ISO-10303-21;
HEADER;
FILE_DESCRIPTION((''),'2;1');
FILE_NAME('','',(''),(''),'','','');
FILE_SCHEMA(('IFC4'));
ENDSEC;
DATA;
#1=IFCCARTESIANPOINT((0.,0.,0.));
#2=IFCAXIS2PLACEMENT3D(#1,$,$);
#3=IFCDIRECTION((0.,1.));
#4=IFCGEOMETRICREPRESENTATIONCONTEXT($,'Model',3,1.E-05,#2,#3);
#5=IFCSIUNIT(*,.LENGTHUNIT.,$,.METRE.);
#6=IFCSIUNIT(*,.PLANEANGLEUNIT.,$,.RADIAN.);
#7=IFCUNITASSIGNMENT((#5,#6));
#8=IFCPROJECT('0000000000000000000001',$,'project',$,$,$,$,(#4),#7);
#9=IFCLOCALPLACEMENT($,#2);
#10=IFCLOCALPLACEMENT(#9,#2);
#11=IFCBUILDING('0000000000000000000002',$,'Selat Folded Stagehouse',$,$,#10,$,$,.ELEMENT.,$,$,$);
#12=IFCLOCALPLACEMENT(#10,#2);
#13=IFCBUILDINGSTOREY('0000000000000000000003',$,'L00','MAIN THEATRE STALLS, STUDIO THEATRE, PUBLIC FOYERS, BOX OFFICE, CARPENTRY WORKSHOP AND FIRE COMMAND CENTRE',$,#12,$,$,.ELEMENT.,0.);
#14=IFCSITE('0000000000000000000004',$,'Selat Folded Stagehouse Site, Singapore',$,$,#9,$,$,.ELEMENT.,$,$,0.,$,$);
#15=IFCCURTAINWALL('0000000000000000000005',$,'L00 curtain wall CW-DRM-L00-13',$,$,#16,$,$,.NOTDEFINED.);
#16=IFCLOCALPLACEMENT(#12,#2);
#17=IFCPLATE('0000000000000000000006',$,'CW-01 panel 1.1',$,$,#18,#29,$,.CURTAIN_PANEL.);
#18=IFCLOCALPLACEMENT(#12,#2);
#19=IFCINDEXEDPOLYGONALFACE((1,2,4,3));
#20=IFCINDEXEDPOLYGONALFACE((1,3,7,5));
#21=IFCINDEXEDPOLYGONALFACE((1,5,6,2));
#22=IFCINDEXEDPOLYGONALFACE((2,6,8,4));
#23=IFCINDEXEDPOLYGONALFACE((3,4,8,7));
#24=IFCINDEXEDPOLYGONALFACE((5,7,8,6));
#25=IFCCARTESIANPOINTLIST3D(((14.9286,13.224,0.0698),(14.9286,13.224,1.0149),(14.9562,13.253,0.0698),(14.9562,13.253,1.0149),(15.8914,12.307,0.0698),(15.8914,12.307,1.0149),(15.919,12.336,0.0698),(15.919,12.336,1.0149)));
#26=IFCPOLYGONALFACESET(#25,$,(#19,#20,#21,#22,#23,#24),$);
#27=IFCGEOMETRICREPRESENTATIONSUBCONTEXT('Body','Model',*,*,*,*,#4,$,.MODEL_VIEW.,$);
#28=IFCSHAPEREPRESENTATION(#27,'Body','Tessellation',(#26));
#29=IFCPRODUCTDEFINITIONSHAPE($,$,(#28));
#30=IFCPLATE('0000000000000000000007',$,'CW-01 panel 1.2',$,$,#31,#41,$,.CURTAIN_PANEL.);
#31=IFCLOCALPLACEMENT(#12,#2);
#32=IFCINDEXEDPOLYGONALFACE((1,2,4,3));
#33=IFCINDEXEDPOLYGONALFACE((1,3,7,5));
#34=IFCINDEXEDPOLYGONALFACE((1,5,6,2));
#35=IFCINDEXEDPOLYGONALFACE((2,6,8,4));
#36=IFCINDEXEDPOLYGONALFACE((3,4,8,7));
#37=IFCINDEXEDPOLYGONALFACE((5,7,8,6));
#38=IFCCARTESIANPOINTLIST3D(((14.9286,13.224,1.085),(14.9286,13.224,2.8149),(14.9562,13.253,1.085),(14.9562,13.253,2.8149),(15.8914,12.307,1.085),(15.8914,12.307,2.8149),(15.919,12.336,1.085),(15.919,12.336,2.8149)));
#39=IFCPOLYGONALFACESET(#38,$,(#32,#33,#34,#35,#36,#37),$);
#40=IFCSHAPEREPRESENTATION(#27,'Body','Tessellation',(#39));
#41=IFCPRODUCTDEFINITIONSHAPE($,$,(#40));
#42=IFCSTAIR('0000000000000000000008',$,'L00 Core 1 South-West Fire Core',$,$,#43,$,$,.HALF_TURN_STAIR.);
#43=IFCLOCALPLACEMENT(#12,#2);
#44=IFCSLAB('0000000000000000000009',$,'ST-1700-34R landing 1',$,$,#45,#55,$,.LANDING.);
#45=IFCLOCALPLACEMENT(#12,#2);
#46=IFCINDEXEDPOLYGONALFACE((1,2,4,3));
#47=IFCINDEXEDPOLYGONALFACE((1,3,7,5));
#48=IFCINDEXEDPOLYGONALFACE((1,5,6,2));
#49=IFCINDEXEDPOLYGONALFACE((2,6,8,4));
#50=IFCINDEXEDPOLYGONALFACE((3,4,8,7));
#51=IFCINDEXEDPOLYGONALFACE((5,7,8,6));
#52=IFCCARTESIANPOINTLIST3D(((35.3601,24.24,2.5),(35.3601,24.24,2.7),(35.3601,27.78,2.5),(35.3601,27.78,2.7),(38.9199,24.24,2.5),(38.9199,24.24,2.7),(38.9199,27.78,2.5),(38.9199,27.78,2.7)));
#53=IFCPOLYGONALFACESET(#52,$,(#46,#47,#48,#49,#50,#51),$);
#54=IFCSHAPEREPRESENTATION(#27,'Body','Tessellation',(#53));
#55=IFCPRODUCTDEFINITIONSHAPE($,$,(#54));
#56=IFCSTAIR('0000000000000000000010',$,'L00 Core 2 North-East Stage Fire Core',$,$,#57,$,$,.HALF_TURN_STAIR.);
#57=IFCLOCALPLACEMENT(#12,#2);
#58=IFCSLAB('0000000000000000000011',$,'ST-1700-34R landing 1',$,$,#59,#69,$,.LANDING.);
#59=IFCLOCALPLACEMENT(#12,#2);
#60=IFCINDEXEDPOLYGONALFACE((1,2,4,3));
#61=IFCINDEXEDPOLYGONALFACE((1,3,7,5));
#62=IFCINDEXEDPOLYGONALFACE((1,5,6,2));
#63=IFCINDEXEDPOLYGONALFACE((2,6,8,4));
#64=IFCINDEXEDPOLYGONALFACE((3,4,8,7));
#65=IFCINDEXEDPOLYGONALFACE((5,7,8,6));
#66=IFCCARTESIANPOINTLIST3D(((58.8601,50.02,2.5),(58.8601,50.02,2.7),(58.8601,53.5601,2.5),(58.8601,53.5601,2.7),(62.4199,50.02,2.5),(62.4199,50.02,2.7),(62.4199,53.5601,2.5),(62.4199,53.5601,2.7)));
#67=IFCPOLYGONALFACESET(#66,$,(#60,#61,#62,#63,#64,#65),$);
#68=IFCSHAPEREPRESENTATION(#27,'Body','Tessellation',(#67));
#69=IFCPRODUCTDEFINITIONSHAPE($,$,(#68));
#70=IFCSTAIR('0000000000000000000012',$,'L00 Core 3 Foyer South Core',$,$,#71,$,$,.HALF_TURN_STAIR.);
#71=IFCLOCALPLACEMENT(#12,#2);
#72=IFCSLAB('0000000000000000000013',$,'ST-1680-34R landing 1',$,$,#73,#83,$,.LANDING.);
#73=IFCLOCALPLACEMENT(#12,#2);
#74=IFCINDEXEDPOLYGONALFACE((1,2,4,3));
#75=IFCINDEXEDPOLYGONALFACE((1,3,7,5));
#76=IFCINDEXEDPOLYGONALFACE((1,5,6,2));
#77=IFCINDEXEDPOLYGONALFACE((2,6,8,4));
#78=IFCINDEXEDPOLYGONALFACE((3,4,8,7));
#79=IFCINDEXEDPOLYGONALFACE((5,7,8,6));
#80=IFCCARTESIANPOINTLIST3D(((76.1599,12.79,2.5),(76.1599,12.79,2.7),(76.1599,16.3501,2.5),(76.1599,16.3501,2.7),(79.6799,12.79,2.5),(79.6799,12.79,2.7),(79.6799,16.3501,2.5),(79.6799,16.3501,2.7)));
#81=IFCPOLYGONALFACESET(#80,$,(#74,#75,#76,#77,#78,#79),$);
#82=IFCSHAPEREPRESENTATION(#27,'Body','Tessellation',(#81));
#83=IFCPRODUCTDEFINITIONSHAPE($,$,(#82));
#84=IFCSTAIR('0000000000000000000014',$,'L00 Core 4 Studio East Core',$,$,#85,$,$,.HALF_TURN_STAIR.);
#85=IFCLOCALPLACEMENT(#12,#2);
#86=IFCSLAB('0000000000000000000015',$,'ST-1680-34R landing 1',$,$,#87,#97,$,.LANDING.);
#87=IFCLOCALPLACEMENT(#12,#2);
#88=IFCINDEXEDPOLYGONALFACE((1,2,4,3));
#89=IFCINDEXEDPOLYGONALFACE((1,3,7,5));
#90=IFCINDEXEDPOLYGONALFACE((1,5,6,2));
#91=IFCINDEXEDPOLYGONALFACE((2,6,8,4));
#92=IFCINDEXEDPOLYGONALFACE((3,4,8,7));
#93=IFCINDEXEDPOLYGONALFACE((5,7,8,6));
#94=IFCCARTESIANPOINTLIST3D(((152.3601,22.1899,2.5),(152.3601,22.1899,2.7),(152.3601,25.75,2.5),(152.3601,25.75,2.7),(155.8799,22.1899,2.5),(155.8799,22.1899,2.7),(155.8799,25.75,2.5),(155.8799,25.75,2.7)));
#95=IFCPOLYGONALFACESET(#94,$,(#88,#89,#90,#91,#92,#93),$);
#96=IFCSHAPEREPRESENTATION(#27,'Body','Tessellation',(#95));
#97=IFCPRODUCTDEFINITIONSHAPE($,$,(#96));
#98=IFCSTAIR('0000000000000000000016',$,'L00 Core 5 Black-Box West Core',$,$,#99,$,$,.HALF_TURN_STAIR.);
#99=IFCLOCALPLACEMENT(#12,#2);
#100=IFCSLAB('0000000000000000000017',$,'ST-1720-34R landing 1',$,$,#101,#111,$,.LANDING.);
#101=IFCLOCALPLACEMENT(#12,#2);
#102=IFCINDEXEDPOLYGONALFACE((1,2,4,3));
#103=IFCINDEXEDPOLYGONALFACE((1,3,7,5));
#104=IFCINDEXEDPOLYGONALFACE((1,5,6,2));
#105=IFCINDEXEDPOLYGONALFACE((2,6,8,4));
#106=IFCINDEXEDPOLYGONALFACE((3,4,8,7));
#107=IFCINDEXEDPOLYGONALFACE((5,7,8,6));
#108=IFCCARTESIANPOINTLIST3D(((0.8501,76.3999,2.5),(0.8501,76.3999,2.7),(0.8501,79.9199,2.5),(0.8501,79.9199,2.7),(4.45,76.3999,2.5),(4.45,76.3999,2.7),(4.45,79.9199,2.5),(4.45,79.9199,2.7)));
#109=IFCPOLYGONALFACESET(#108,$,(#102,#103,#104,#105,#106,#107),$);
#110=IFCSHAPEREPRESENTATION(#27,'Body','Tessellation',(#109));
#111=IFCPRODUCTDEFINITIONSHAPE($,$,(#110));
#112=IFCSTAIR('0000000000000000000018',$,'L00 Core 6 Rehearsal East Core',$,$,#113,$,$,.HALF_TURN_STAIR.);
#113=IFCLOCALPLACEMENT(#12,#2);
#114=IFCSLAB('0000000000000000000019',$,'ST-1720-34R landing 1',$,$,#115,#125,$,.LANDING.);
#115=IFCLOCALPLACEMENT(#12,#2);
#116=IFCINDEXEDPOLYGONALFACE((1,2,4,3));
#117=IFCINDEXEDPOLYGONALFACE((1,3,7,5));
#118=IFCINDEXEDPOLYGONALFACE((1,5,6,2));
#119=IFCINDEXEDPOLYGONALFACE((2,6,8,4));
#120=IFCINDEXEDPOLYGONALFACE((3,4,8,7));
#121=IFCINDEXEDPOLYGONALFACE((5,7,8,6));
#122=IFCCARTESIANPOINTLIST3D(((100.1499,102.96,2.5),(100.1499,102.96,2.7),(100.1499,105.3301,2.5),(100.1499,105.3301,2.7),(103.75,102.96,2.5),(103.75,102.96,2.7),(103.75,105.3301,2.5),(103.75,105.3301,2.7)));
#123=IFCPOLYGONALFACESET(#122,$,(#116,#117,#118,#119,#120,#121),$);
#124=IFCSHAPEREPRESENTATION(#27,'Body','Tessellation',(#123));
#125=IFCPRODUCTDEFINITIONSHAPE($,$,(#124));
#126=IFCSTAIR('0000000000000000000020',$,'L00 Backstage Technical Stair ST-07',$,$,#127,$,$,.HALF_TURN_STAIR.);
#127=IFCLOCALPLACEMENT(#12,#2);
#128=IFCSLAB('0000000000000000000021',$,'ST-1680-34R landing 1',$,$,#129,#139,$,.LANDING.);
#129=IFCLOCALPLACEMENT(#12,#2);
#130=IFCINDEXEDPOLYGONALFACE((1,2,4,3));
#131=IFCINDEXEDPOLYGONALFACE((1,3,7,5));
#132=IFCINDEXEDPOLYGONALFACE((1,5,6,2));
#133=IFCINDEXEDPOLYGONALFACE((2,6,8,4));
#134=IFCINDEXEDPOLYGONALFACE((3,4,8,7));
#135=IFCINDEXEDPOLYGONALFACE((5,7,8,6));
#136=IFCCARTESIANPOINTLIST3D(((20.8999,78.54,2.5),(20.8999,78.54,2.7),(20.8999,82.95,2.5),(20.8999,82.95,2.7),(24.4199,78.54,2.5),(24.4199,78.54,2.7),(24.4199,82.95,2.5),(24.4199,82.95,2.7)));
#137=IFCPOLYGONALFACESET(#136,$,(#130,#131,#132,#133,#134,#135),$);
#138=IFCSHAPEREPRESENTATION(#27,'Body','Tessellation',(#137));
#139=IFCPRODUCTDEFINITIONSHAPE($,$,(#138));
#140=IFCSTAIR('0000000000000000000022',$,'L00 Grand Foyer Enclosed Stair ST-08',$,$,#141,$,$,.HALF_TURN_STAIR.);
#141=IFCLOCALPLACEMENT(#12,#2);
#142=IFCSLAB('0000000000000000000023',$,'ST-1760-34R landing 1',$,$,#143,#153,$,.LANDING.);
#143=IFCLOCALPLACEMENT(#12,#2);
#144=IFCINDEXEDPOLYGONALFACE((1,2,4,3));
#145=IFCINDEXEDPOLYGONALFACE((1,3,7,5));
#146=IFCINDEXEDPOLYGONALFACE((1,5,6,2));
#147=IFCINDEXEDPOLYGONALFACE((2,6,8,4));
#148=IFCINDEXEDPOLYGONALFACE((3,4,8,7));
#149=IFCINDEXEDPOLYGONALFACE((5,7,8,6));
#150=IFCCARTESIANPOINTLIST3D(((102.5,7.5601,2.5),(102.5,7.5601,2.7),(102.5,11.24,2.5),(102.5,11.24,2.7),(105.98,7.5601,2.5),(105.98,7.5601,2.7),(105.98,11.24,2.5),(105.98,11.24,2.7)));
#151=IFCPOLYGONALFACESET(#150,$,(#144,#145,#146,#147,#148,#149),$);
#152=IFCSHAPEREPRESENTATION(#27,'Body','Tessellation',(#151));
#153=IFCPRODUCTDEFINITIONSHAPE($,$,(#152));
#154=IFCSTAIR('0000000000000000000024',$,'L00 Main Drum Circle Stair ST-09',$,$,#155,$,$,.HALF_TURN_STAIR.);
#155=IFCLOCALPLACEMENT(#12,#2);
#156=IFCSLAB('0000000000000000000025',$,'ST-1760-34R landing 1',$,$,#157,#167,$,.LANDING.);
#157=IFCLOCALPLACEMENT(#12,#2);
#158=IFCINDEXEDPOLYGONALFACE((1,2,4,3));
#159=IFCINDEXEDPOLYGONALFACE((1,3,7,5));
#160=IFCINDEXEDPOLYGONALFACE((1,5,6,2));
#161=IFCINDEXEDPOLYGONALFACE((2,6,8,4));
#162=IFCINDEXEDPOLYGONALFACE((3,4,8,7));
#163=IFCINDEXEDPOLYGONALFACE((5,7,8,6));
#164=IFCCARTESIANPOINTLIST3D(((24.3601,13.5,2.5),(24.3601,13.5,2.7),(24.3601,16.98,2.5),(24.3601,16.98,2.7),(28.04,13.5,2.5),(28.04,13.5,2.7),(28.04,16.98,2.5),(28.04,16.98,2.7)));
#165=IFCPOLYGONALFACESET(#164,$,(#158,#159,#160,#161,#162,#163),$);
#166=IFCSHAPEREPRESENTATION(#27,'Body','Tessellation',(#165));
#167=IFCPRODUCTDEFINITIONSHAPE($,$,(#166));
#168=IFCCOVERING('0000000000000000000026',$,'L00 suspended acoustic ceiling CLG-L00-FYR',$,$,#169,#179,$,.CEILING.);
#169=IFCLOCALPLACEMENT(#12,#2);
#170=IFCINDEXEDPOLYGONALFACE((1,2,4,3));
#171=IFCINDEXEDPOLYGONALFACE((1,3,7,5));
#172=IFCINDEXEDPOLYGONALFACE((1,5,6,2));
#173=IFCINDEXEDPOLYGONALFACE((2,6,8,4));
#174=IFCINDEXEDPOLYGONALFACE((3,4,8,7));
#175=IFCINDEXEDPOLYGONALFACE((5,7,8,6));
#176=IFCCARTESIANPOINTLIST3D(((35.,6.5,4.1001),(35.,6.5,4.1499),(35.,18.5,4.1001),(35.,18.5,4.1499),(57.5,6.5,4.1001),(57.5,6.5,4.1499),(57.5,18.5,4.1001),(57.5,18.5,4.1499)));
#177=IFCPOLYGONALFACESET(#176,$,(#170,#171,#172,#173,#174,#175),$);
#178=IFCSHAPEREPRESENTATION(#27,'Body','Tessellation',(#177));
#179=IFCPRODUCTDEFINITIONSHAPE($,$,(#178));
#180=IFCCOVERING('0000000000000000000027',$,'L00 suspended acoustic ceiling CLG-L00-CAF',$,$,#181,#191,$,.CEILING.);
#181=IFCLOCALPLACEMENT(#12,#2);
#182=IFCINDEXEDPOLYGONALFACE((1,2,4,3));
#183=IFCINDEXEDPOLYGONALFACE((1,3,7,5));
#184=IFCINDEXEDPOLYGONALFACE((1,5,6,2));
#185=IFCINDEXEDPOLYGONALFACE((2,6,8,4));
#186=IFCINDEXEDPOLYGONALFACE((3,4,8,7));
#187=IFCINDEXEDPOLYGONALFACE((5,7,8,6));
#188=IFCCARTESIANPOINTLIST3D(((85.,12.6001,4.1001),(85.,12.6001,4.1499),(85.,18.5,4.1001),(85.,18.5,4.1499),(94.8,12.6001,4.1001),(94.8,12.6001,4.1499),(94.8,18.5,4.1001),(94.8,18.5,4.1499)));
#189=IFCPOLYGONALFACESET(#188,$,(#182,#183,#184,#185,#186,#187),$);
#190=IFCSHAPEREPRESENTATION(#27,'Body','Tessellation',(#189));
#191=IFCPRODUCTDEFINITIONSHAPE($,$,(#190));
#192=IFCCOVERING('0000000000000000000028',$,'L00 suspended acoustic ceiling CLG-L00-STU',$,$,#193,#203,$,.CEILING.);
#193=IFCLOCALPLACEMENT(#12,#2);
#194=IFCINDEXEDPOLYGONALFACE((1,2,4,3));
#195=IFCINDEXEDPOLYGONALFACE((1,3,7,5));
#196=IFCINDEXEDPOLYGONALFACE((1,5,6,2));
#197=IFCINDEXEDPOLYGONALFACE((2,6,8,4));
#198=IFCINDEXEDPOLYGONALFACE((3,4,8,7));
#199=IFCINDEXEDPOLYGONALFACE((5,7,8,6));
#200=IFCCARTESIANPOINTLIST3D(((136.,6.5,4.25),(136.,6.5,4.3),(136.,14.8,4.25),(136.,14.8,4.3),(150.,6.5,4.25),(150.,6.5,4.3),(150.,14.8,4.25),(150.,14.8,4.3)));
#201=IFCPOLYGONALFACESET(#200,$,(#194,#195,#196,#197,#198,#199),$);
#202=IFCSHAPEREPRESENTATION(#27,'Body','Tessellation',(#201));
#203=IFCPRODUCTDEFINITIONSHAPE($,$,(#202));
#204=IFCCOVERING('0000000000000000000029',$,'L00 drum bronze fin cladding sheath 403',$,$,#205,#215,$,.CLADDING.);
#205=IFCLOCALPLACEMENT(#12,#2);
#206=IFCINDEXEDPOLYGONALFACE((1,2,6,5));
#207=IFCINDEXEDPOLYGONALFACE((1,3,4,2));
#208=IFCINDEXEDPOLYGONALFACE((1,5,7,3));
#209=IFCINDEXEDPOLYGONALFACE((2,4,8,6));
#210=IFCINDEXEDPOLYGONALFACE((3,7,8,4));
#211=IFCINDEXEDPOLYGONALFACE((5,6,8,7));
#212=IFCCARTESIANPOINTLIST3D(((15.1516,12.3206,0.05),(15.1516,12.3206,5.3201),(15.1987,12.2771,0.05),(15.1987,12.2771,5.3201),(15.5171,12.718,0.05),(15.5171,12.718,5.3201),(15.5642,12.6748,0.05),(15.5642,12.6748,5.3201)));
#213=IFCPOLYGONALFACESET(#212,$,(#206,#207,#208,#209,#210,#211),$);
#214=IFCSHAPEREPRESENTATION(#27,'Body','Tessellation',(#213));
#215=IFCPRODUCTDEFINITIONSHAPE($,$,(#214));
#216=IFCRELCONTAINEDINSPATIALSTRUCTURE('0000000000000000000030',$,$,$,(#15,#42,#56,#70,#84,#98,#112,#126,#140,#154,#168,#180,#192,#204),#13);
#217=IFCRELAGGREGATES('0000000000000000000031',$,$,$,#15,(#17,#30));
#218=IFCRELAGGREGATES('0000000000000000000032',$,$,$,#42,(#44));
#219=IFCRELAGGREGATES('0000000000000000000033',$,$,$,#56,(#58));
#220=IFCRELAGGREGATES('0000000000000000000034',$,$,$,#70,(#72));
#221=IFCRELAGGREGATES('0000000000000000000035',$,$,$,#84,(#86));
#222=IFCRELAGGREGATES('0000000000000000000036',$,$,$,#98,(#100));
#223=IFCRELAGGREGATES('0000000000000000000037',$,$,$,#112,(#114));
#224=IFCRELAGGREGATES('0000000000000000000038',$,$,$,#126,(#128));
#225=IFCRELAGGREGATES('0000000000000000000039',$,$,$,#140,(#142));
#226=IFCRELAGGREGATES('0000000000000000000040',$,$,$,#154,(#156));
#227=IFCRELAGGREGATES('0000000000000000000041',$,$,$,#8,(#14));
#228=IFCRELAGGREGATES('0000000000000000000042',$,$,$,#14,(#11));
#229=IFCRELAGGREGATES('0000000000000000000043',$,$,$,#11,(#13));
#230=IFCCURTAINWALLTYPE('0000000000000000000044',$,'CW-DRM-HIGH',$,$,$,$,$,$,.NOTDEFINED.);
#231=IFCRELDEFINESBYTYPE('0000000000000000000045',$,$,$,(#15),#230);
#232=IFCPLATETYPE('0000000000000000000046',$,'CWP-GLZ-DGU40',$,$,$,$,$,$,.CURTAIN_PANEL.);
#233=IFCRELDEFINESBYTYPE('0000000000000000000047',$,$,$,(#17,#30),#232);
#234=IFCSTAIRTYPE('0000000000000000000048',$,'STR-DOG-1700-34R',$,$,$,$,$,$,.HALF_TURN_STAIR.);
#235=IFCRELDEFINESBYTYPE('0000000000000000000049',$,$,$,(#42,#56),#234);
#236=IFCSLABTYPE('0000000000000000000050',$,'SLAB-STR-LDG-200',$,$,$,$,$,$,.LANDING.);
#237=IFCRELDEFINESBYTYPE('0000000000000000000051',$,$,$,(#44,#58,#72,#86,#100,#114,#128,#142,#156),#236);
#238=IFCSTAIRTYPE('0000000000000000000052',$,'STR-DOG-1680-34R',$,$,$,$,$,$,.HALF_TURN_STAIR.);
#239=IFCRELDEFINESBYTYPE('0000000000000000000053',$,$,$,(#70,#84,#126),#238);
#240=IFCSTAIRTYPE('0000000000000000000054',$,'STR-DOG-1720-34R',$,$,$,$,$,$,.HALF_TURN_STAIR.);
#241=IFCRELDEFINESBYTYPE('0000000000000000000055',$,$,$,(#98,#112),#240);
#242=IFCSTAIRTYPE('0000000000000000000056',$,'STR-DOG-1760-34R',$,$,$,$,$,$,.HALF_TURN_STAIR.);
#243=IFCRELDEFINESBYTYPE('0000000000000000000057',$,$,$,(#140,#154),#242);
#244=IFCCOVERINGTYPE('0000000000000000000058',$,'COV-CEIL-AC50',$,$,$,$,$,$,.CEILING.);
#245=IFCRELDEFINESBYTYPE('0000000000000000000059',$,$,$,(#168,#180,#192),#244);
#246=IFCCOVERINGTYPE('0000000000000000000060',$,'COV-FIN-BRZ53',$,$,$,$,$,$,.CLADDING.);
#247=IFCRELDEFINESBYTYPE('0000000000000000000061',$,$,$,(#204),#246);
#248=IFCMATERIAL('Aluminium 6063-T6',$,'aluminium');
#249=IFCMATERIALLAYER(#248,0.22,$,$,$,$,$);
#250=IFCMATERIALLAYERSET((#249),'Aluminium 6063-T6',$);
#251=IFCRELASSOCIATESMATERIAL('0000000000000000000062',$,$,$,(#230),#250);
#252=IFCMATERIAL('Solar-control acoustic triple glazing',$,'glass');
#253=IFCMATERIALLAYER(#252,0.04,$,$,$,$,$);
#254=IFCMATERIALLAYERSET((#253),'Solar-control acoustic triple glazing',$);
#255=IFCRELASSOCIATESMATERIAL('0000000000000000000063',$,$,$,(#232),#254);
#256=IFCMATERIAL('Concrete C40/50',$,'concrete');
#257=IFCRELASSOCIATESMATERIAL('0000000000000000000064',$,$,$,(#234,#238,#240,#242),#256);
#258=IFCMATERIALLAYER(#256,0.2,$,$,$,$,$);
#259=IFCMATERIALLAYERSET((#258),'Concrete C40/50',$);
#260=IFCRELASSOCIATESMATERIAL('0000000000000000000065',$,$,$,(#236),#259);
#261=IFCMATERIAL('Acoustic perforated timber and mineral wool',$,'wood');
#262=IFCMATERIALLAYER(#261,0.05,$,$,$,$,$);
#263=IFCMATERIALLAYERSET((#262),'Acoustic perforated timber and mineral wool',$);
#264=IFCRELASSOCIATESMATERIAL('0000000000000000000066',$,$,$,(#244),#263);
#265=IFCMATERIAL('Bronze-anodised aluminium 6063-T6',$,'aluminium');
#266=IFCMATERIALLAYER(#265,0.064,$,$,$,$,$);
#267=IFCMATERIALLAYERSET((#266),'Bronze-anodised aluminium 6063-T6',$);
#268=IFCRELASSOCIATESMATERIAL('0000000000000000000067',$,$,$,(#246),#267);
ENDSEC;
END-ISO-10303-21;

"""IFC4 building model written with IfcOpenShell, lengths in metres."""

from ifc_helpers import new_model, si_unit, direction, frame, origin, origin_2d, place, context, subcontext, project, spatial, polyline, rectangle, outline, extrude, material, layer, layer_set, type_object, element, aggregate, save


model = new_model("IFC4")

# Units and contexts
model_context = context("Model", 3, precision=1e-05, world=origin(), true_north=direction((0.0, 1.0)))
body_context = subcontext(model_context, "Body", "Model", "MODEL_VIEW")
ifc_project = project(units=[si_unit("LENGTHUNIT", "METRE"), si_unit("PLANEANGLEUNIT", "RADIAN")], contexts=[model_context])

# Site, building, storey
site_placement = place(None, origin())
site = spatial("IfcSite", under=ifc_project, at=site_placement, Name="Selat Folded Stagehouse Site, Singapore", CompositionType="ELEMENT", RefElevation=0.0)
building_placement = place(site_placement, origin())
building = spatial("IfcBuilding", under=site, at=building_placement, Name="Selat Folded Stagehouse", CompositionType="ELEMENT")
storey_placement = place(building_placement, origin())
storey = spatial("IfcBuildingStorey", under=building, at=storey_placement, Name="L00", Description="MAIN THEATRE STALLS, STUDIO THEATRE, PUBLIC FOYERS, BOX OFFICE, CARPENTRY WORKSHOP AND FIRE COMMAND CENTRE", CompositionType="ELEMENT", Elevation=0.0)

# Curtain wall
ifc_material_1 = material(Name="Aluminium 6063-T6", Category="aluminium")
ifc_layer_1 = layer(ifc_material_1, 0.22)
ifc_layer_set_1 = layer_set([ifc_layer_1], Name="Aluminium 6063-T6")
curtain_wall_type = type_object("IfcCurtainWallType", Name="CW-DRM-HIGH", PredefinedType="NOTDEFINED", material=ifc_layer_set_1)
curtain_wall_1_placement = place(storey_placement, origin())
curtain_wall_1 = element("IfcCurtainWall", 1, at=curtain_wall_1_placement, inside=storey, type_object=curtain_wall_type, Name="L00 curtain wall CW-DRM-L00-13", PredefinedType="NOTDEFINED")

# Plates
ifc_material_2 = material(Name="Solar-control acoustic triple glazing", Category="glass")
ifc_layer_2 = layer(ifc_material_2, 0.04)
ifc_layer_set_2 = layer_set([ifc_layer_2], Name="Solar-control acoustic triple glazing")
plate_type = type_object("IfcPlateType", Name="CWP-GLZ-DGU40", PredefinedType="CURTAIN_PANEL", material=ifc_layer_set_2)
plate_1_placement = place(storey_placement, frame((15.4238, 12.78, 0.0698), z_axis=(0.0, 0.0, 1.0), x_axis=(-0.724132, 0.689661, 0.0)))
plate_1 = element("IfcPlate", 2, at=plate_1_placement, type_object=plate_type, Name="CW-01 panel 1.1", PredefinedType="CURTAIN_PANEL", context=body_context, shape_type="SweptSolid", body=[
    extrude(rectangle(XDim=1.3296, YDim=0.04, at=origin_2d()), origin(), (0.0, 0.0, 1.0), 0.9451),
])
plate_2_placement = place(storey_placement, frame((15.4238, 12.78, 1.085), z_axis=(0.0, 0.0, 1.0), x_axis=(-0.724132, 0.689661, 0.0)))
plate_2 = element("IfcPlate", 3, at=plate_2_placement, type_object=plate_type, Name="CW-01 panel 1.2", PredefinedType="CURTAIN_PANEL", context=body_context, shape_type="SweptSolid", body=[
    extrude(rectangle(XDim=1.3296, YDim=0.04, at=origin_2d()), origin(), (0.0, 0.0, 1.0), 1.73),
])
aggregate(curtain_wall_1, [plate_1, plate_2])

# Stairs, slabs
ifc_material_3 = material(Name="Concrete C40/50", Category="concrete")
stair_type_1 = type_object("IfcStairType", Name="STR-DOG-1700-34R", PredefinedType="HALF_TURN_STAIR", material=ifc_material_3)
stair_1_placement = place(storey_placement, origin())
stair_1 = element("IfcStair", 4, at=stair_1_placement, inside=storey, type_object=stair_type_1, Name="L00 Core 1 South-West Fire Core", PredefinedType="HALF_TURN_STAIR")
ifc_layer_3 = layer(ifc_material_3, 0.2)
ifc_layer_set_3 = layer_set([ifc_layer_3], Name="Concrete C40/50")
slab_type = type_object("IfcSlabType", Name="SLAB-STR-LDG-200", PredefinedType="LANDING", material=ifc_layer_set_3)
slab_1_placement = place(storey_placement, frame((0.0, 0.0, 2.5)))
slab_1 = element("IfcSlab", 5, at=slab_1_placement, type_object=slab_type, Name="ST-1700-34R landing 1", PredefinedType="LANDING", context=body_context, shape_type="SweptSolid", body=[
    extrude(outline(polyline([(35.3601, 27.78), (35.3601, 24.24), (38.9199, 24.24), (38.9199, 27.78), (35.3601, 27.78)])), origin(), (0.0, 0.0, 1.0), 0.2),
])
aggregate(stair_1, [slab_1])
stair_2_placement = place(storey_placement, origin())
stair_2 = element("IfcStair", 6, at=stair_2_placement, inside=storey, type_object=stair_type_1, Name="L00 Core 2 North-East Stage Fire Core", PredefinedType="HALF_TURN_STAIR")
slab_2_placement = place(storey_placement, frame((0.0, 0.0, 2.5)))
slab_2 = element("IfcSlab", 7, at=slab_2_placement, type_object=slab_type, Name="ST-1700-34R landing 1", PredefinedType="LANDING", context=body_context, shape_type="SweptSolid", body=[
    extrude(outline(polyline([(62.4199, 50.02), (62.4199, 53.5601), (58.8601, 53.5601), (58.8601, 50.02), (62.4199, 50.02)])), origin(), (0.0, 0.0, 1.0), 0.2),
])
aggregate(stair_2, [slab_2])
stair_type_2 = type_object("IfcStairType", Name="STR-DOG-1680-34R", PredefinedType="HALF_TURN_STAIR", material=ifc_material_3)
stair_3_placement = place(storey_placement, origin())
stair_3 = element("IfcStair", 8, at=stair_3_placement, inside=storey, type_object=stair_type_2, Name="L00 Core 3 Foyer South Core", PredefinedType="HALF_TURN_STAIR")
slab_3_placement = place(storey_placement, frame((0.0, 0.0, 2.5)))
slab_3 = element("IfcSlab", 9, at=slab_3_placement, type_object=slab_type, Name="ST-1680-34R landing 1", PredefinedType="LANDING", context=body_context, shape_type="SweptSolid", body=[
    extrude(outline(polyline([(79.6799, 12.79), (79.6799, 16.3501), (76.1599, 16.3501), (76.1599, 12.79), (79.6799, 12.79)])), origin(), (0.0, 0.0, 1.0), 0.2),
])
aggregate(stair_3, [slab_3])
stair_4_placement = place(storey_placement, origin())
stair_4 = element("IfcStair", 10, at=stair_4_placement, inside=storey, type_object=stair_type_2, Name="L00 Core 4 Studio East Core", PredefinedType="HALF_TURN_STAIR")
slab_4_placement = place(storey_placement, frame((0.0, 0.0, 2.5)))
slab_4 = element("IfcSlab", 11, at=slab_4_placement, type_object=slab_type, Name="ST-1680-34R landing 1", PredefinedType="LANDING", context=body_context, shape_type="SweptSolid", body=[
    extrude(outline(polyline([(155.8799, 22.1899), (155.8799, 25.75), (152.3601, 25.75), (152.3601, 22.1899), (155.8799, 22.1899)])), origin(), (0.0, 0.0, 1.0), 0.2),
])
aggregate(stair_4, [slab_4])
stair_type_3 = type_object("IfcStairType", Name="STR-DOG-1720-34R", PredefinedType="HALF_TURN_STAIR", material=ifc_material_3)
stair_5_placement = place(storey_placement, origin())
stair_5 = element("IfcStair", 12, at=stair_5_placement, inside=storey, type_object=stair_type_3, Name="L00 Core 5 Black-Box West Core", PredefinedType="HALF_TURN_STAIR")
slab_5_placement = place(storey_placement, frame((0.0, 0.0, 2.5)))
slab_5 = element("IfcSlab", 13, at=slab_5_placement, type_object=slab_type, Name="ST-1720-34R landing 1", PredefinedType="LANDING", context=body_context, shape_type="SweptSolid", body=[
    extrude(outline(polyline([(4.45, 76.3999), (4.45, 79.9199), (0.8501, 79.9199), (0.8501, 76.3999), (4.45, 76.3999)])), origin(), (0.0, 0.0, 1.0), 0.2),
])
aggregate(stair_5, [slab_5])
stair_6_placement = place(storey_placement, origin())
stair_6 = element("IfcStair", 14, at=stair_6_placement, inside=storey, type_object=stair_type_3, Name="L00 Core 6 Rehearsal East Core", PredefinedType="HALF_TURN_STAIR")
slab_6_placement = place(storey_placement, frame((0.0, 0.0, 2.5)))
slab_6 = element("IfcSlab", 15, at=slab_6_placement, type_object=slab_type, Name="ST-1720-34R landing 1", PredefinedType="LANDING", context=body_context, shape_type="SweptSolid", body=[
    extrude(outline(polyline([(103.75, 102.96), (103.75, 105.3301), (100.1499, 105.3301), (100.1499, 102.96), (103.75, 102.96)])), origin(), (0.0, 0.0, 1.0), 0.2),
])
aggregate(stair_6, [slab_6])
stair_7_placement = place(storey_placement, origin())
stair_7 = element("IfcStair", 16, at=stair_7_placement, inside=storey, type_object=stair_type_2, Name="L00 Backstage Technical Stair ST-07", PredefinedType="HALF_TURN_STAIR")
slab_7_placement = place(storey_placement, frame((0.0, 0.0, 2.5)))
slab_7 = element("IfcSlab", 17, at=slab_7_placement, type_object=slab_type, Name="ST-1680-34R landing 1", PredefinedType="LANDING", context=body_context, shape_type="SweptSolid", body=[
    extrude(outline(polyline([(24.4199, 78.54), (24.4199, 82.95), (20.8999, 82.95), (20.8999, 78.54), (24.4199, 78.54)])), origin(), (0.0, 0.0, 1.0), 0.2),
])
aggregate(stair_7, [slab_7])
stair_type_4 = type_object("IfcStairType", Name="STR-DOG-1760-34R", PredefinedType="HALF_TURN_STAIR", material=ifc_material_3)
stair_8_placement = place(storey_placement, origin())
stair_8 = element("IfcStair", 18, at=stair_8_placement, inside=storey, type_object=stair_type_4, Name="L00 Grand Foyer Enclosed Stair ST-08", PredefinedType="HALF_TURN_STAIR")
slab_8_placement = place(storey_placement, frame((0.0, 0.0, 2.5)))
slab_8 = element("IfcSlab", 19, at=slab_8_placement, type_object=slab_type, Name="ST-1760-34R landing 1", PredefinedType="LANDING", context=body_context, shape_type="SweptSolid", body=[
    extrude(outline(polyline([(102.5, 7.5601), (105.98, 7.5601), (105.98, 11.24), (102.5, 11.24), (102.5, 7.5601)])), origin(), (0.0, 0.0, 1.0), 0.2),
])
aggregate(stair_8, [slab_8])
stair_9_placement = place(storey_placement, origin())
stair_9 = element("IfcStair", 20, at=stair_9_placement, inside=storey, type_object=stair_type_4, Name="L00 Main Drum Circle Stair ST-09", PredefinedType="HALF_TURN_STAIR")
slab_9_placement = place(storey_placement, frame((0.0, 0.0, 2.5)))
slab_9 = element("IfcSlab", 21, at=slab_9_placement, type_object=slab_type, Name="ST-1760-34R landing 1", PredefinedType="LANDING", context=body_context, shape_type="SweptSolid", body=[
    extrude(outline(polyline([(28.04, 13.5), (28.04, 16.98), (24.3601, 16.98), (24.3601, 13.5), (28.04, 13.5)])), origin(), (0.0, 0.0, 1.0), 0.2),
])
aggregate(stair_9, [slab_9])

# Coverings
ifc_material_4 = material(Name="Acoustic perforated timber and mineral wool", Category="wood")
ifc_layer_4 = layer(ifc_material_4, 0.05)
ifc_layer_set_4 = layer_set([ifc_layer_4], Name="Acoustic perforated timber and mineral wool")
covering_type_1 = type_object("IfcCoveringType", Name="COV-CEIL-AC50", PredefinedType="CEILING", material=ifc_layer_set_4)
covering_1_placement = place(storey_placement, frame((0.0, 0.0, 4.1001)))
element("IfcCovering", 22, at=covering_1_placement, inside=storey, type_object=covering_type_1, Name="L00 suspended acoustic ceiling CLG-L00-FYR", PredefinedType="CEILING", context=body_context, shape_type="SweptSolid", body=[
    extrude(outline(polyline([(35.0, 6.5), (57.5, 6.5), (57.5, 18.5), (35.0, 18.5), (35.0, 6.5)])), origin(), (0.0, 0.0, 1.0), 0.0498),
])
covering_2_placement = place(storey_placement, frame((0.0, 0.0, 4.1001)))
element("IfcCovering", 23, at=covering_2_placement, inside=storey, type_object=covering_type_1, Name="L00 suspended acoustic ceiling CLG-L00-CAF", PredefinedType="CEILING", context=body_context, shape_type="SweptSolid", body=[
    extrude(outline(polyline([(85.0, 12.6001), (94.8, 12.6001), (94.8, 18.5), (85.0, 18.5), (85.0, 12.6001)])), origin(), (0.0, 0.0, 1.0), 0.0498),
])
covering_3_placement = place(storey_placement, frame((0.0, 0.0, 4.25)))
element("IfcCovering", 24, at=covering_3_placement, inside=storey, type_object=covering_type_1, Name="L00 suspended acoustic ceiling CLG-L00-STU", PredefinedType="CEILING", context=body_context, shape_type="SweptSolid", body=[
    extrude(outline(polyline([(136.0, 6.5), (150.0, 6.5), (150.0, 14.8), (136.0, 14.8), (136.0, 6.5)])), origin(), (0.0, 0.0, 1.0), 0.05),
])
ifc_material_5 = material(Name="Bronze-anodised aluminium 6063-T6", Category="aluminium")
ifc_layer_5 = layer(ifc_material_5, 0.064)
ifc_layer_set_5 = layer_set([ifc_layer_5], Name="Bronze-anodised aluminium 6063-T6")
covering_type_2 = type_object("IfcCoveringType", Name="COV-FIN-BRZ53", PredefinedType="CLADDING", material=ifc_layer_set_5)
covering_4_placement = place(storey_placement, frame((0.0, 0.0, 0.05)))
element("IfcCovering", 25, at=covering_4_placement, inside=storey, type_object=covering_type_2, Name="L00 drum bronze fin cladding sheath 403", PredefinedType="CLADDING", context=body_context, shape_type="SweptSolid", body=[
    extrude(outline(polyline([(15.5171, 12.718), (15.1516, 12.3206), (15.1987, 12.2771), (15.5642, 12.6748), (15.5171, 12.718)])), origin(), (0.0, 0.0, 1.0), 5.27),
])

save(model, "model.ifc")
